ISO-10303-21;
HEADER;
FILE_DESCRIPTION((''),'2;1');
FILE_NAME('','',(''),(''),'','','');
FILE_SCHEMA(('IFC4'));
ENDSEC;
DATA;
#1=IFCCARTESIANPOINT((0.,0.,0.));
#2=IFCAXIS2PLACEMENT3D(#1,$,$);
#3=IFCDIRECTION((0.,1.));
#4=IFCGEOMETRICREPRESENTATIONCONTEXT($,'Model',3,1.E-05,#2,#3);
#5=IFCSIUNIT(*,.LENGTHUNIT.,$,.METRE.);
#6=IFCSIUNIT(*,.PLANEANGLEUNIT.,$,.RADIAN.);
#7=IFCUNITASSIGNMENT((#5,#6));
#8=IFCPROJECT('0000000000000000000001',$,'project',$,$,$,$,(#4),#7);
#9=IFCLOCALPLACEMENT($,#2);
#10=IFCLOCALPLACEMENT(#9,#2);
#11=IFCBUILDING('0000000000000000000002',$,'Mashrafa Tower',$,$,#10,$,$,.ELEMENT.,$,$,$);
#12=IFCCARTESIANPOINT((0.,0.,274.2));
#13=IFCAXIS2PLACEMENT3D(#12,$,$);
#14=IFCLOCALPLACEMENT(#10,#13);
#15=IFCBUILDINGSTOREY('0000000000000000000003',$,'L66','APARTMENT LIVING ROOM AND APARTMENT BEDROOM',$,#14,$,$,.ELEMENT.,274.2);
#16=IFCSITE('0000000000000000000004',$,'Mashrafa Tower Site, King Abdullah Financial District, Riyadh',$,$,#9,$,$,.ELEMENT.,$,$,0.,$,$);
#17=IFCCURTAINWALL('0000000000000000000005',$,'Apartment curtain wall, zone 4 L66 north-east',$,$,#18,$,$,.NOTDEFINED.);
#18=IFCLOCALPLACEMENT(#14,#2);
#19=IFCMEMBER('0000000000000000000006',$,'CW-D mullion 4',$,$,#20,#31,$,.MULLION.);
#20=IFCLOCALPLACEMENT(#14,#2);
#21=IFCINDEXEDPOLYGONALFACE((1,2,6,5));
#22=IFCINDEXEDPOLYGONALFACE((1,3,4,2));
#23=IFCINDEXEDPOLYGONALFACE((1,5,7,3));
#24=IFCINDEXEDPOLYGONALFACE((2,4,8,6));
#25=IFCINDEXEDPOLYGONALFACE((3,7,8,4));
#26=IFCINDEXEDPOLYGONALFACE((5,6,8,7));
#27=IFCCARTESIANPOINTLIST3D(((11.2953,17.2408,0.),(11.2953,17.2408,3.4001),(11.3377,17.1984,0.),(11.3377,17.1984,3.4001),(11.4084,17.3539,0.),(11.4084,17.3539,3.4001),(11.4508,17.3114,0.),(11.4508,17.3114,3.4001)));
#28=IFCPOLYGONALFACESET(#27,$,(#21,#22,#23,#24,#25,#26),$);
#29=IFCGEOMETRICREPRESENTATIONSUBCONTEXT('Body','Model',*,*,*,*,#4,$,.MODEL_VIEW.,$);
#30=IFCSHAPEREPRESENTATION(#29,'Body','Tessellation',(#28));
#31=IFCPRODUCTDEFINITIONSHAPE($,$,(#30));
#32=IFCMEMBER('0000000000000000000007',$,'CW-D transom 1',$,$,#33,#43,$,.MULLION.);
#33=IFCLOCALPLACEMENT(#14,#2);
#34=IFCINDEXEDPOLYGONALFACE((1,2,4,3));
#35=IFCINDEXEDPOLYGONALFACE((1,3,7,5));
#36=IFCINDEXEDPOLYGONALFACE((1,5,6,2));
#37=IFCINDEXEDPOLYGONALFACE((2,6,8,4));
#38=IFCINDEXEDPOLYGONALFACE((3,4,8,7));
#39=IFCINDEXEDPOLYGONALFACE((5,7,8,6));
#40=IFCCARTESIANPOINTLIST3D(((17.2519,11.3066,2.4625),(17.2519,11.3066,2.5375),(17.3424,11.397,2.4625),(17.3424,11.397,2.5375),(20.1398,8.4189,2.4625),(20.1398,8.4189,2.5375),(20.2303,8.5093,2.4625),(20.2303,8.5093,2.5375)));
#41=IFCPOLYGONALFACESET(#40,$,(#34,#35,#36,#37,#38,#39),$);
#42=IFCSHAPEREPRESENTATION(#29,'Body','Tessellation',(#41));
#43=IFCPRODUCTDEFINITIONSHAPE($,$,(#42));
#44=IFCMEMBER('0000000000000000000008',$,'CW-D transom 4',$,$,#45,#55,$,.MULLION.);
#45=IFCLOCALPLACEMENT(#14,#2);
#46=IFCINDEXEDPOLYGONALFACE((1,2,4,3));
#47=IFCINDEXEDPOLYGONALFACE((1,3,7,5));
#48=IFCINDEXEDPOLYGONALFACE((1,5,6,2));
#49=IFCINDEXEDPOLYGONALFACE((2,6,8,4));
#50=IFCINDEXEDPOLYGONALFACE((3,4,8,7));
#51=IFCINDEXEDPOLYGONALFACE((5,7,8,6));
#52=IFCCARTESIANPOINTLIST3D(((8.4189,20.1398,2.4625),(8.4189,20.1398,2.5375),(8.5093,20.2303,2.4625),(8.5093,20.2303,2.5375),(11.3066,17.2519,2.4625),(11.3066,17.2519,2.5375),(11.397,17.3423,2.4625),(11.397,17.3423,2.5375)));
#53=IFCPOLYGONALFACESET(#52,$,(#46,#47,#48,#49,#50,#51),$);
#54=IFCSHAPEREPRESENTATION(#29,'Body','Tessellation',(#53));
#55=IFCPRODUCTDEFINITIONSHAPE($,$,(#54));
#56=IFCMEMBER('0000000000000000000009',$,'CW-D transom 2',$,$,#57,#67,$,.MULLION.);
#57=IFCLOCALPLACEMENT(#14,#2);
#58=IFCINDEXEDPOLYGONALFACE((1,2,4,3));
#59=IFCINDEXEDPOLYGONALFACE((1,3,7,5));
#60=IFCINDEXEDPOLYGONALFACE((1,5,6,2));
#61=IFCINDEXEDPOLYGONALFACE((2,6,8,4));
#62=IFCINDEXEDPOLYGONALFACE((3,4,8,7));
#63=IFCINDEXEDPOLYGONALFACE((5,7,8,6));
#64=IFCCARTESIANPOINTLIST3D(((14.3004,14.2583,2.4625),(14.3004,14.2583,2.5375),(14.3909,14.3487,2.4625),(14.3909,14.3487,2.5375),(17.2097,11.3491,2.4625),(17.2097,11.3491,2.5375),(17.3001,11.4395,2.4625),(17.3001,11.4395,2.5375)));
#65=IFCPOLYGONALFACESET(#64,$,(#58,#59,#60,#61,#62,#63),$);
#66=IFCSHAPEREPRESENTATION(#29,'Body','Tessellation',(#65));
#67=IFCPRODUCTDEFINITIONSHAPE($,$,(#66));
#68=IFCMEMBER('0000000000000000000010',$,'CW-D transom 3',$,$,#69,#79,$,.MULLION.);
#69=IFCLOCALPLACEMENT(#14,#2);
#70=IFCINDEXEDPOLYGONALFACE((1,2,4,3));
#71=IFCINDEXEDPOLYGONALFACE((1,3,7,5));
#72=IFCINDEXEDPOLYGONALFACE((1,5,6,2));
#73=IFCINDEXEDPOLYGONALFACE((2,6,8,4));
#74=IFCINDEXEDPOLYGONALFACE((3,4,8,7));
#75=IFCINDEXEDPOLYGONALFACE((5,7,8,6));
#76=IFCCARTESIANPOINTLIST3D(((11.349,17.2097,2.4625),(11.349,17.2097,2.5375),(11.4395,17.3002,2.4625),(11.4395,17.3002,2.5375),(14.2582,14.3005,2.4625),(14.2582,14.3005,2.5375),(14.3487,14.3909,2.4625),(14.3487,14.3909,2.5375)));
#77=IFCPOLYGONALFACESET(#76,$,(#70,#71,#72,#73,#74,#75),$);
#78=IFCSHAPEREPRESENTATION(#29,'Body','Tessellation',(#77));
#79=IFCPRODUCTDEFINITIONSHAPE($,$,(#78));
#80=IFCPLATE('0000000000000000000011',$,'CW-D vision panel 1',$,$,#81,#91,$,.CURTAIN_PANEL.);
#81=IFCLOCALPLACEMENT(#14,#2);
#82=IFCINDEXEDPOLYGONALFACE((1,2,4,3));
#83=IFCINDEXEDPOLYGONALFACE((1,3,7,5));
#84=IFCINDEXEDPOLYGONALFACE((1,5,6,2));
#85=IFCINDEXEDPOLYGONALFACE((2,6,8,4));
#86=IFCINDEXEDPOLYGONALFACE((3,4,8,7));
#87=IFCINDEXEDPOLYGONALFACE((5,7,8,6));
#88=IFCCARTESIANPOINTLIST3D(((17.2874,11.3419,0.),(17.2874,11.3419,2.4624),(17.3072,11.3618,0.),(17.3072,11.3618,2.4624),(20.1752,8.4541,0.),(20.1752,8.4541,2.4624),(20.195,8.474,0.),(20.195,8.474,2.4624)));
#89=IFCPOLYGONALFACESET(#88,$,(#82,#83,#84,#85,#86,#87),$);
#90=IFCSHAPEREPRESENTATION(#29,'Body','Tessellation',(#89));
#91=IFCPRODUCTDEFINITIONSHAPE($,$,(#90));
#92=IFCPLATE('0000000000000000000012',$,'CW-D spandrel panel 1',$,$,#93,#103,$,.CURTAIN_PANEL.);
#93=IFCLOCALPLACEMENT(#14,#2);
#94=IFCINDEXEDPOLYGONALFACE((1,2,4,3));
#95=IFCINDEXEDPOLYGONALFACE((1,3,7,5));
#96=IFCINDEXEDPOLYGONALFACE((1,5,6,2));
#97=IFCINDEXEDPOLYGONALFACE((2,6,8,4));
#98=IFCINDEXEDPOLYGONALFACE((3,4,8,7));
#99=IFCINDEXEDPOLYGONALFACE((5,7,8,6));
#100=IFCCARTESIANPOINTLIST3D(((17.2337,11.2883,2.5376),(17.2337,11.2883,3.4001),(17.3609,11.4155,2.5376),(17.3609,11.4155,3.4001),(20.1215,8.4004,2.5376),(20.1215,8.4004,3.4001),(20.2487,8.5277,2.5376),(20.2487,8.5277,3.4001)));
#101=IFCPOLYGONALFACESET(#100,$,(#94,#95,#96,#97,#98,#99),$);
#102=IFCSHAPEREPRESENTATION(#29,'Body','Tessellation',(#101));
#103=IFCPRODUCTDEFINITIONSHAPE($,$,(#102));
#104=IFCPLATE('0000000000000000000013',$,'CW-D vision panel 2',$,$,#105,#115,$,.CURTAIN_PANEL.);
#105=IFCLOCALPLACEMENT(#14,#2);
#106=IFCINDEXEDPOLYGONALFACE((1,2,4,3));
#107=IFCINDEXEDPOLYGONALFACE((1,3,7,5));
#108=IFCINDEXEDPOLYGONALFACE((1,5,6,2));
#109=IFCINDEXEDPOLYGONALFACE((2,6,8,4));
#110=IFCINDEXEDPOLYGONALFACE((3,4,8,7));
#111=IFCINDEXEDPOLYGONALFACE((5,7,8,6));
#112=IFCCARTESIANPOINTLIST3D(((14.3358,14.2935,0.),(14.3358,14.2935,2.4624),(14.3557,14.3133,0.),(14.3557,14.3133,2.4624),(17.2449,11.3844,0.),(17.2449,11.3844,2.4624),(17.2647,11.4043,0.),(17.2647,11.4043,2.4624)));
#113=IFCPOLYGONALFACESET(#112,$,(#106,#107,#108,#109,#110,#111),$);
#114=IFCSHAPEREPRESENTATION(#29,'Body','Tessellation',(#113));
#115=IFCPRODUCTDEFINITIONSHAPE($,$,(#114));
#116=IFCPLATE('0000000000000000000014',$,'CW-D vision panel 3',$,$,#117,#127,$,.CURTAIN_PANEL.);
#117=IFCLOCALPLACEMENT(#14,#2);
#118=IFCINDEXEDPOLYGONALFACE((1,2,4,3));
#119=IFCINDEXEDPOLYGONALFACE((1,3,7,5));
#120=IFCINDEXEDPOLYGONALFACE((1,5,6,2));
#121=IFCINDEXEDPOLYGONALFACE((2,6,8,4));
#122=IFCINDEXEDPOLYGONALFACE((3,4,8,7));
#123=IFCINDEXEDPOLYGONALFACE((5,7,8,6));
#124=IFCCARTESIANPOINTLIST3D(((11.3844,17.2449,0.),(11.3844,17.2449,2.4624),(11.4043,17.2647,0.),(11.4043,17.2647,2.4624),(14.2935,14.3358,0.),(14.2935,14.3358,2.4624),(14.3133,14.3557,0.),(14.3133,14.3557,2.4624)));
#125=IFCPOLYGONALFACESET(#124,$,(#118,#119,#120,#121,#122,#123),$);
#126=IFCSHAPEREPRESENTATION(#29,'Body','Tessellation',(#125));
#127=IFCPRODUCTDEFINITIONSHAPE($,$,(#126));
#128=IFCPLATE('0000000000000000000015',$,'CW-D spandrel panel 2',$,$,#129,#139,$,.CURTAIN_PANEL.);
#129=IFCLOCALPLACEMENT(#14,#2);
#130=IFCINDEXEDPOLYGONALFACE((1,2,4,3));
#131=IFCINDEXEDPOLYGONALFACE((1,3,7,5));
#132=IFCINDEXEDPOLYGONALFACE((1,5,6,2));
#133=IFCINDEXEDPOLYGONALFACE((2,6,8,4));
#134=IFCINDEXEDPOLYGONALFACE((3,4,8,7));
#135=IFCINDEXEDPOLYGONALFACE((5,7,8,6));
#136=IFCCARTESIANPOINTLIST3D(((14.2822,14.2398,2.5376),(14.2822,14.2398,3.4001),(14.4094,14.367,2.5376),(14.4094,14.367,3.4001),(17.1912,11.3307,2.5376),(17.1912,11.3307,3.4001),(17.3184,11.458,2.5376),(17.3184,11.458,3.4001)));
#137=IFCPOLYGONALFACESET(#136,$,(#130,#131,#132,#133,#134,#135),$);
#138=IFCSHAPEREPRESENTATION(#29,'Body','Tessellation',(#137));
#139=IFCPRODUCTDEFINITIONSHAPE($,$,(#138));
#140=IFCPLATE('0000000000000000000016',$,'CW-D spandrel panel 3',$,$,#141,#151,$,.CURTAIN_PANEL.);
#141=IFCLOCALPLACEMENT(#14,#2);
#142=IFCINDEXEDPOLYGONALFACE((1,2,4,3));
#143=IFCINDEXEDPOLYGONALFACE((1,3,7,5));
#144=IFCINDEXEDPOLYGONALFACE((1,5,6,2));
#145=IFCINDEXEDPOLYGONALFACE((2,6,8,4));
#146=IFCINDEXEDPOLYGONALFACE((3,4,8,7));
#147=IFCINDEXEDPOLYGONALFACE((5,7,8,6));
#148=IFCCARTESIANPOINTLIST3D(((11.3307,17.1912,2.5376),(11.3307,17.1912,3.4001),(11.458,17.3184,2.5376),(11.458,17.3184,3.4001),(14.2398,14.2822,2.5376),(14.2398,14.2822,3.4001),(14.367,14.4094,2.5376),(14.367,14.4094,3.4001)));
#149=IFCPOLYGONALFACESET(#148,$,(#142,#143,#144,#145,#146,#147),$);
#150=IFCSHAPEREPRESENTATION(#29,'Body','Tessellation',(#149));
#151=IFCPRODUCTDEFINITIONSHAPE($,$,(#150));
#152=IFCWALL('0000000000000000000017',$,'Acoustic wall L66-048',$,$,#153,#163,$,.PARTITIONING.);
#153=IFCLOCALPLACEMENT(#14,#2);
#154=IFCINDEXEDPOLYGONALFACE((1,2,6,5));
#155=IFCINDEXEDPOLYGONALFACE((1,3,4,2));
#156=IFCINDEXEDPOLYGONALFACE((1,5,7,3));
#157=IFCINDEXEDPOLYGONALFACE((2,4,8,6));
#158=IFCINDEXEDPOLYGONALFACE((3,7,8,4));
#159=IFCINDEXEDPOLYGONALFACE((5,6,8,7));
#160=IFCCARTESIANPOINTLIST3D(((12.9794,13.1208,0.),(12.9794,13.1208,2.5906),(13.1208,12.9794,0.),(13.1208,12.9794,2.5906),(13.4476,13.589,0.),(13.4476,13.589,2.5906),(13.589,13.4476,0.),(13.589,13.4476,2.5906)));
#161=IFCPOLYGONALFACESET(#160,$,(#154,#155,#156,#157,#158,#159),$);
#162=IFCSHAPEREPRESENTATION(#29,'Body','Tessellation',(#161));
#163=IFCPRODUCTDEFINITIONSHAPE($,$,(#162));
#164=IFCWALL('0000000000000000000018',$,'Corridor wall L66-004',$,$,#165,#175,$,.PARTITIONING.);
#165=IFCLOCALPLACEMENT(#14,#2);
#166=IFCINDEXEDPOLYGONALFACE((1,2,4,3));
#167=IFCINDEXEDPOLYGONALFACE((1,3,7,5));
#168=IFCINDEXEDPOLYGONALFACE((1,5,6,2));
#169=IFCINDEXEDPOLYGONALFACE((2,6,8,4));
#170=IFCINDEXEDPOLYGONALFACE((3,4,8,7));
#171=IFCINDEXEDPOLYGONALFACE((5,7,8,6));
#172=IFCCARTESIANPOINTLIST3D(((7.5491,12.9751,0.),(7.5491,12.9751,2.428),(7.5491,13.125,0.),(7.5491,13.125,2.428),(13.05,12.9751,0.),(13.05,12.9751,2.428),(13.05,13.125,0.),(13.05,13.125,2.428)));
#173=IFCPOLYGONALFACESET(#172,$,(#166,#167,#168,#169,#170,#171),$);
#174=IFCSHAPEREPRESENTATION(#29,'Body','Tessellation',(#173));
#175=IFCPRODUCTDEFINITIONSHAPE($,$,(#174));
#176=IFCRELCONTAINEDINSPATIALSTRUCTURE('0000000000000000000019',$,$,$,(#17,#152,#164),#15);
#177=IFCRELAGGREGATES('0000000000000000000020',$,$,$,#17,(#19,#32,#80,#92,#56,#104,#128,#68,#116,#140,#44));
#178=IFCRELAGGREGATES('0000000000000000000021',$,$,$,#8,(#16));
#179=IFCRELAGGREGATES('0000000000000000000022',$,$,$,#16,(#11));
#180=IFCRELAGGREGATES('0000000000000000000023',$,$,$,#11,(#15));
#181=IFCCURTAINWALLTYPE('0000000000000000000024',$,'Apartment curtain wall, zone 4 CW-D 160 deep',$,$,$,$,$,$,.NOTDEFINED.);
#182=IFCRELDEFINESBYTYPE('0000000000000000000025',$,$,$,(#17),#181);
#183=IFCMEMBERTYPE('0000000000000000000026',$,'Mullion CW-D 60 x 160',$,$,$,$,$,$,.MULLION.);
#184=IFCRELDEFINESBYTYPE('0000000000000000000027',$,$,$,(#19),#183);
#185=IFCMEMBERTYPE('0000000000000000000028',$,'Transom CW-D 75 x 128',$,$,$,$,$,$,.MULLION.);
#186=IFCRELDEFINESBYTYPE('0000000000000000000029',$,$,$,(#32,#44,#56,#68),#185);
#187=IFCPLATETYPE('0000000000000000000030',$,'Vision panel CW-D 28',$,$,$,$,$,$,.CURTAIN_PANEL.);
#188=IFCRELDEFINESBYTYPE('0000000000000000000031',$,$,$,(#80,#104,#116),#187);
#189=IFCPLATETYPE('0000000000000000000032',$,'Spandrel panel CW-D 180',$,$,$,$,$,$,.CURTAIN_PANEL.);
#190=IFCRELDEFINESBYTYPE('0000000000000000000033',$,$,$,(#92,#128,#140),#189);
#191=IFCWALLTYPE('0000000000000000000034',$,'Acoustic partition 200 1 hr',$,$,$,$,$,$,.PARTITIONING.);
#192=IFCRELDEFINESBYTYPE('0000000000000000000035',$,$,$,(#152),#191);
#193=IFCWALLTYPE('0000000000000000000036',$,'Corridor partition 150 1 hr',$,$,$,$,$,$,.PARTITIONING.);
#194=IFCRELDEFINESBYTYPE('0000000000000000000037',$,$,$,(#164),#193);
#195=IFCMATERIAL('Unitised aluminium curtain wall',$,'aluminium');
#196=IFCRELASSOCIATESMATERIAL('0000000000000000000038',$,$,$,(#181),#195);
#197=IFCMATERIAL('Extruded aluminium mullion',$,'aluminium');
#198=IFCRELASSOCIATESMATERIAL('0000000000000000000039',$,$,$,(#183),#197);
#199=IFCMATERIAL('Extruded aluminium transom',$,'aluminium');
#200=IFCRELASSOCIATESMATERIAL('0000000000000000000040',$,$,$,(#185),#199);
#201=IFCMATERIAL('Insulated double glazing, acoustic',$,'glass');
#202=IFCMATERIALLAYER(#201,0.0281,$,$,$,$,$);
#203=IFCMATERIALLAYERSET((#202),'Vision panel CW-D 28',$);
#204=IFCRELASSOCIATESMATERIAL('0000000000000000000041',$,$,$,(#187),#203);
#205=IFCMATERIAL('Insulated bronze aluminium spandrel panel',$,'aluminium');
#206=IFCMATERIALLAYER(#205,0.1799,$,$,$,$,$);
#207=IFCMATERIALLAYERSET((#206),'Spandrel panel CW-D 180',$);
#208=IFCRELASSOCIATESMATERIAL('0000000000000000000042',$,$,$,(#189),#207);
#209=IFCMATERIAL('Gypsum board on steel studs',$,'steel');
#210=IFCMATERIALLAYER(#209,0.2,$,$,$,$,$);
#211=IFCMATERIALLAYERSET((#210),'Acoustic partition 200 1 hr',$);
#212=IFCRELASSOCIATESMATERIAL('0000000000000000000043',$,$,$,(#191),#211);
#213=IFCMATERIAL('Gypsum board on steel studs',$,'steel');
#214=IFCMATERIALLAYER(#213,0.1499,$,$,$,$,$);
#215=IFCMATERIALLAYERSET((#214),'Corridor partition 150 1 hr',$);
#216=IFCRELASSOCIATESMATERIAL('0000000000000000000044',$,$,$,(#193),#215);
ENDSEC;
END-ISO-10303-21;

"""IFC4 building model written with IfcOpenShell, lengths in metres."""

from ifc_helpers import new_model, si_unit, direction, frame, frame_2d, origin, origin_2d, place, context, subcontext, project, spatial, rectangle, extrude, source, transform, mapped, material, layer, layer_set, material_profile, profile_set, type_object, type_shapes, element, aggregate, save


model = new_model("IFC4")

# Units and contexts
model_context = context("Model", 3, precision=1e-05, world=origin(), true_north=direction((0.0, 1.0)))
body_context = subcontext(model_context, "Body", "Model", "MODEL_VIEW")
ifc_project = project(units=[si_unit("LENGTHUNIT", "METRE"), si_unit("PLANEANGLEUNIT", "RADIAN")], contexts=[model_context])

# Site, building, storey
site_placement = place(None, origin())
site = spatial("IfcSite", under=ifc_project, at=site_placement, Name="Mashrafa Tower Site, King Abdullah Financial District, Riyadh", CompositionType="ELEMENT", RefElevation=0.0)
building_placement = place(site_placement, origin())
building = spatial("IfcBuilding", under=site, at=building_placement, Name="Mashrafa Tower", CompositionType="ELEMENT")
storey_placement = place(building_placement, frame((0.0, 0.0, 274.2)))
storey = spatial("IfcBuildingStorey", under=building, at=storey_placement, Name="L66", Description="APARTMENT LIVING ROOM AND APARTMENT BEDROOM", CompositionType="ELEMENT", Elevation=274.2)

# Curtain wall, members, plates
ifc_material_1 = material(Name="Unitised aluminium curtain wall", Category="aluminium")
curtain_wall_type = type_object("IfcCurtainWallType", Name="Apartment curtain wall, zone 4 CW-D 160 deep", PredefinedType="NOTDEFINED", material=ifc_material_1)
curtain_wall_placement = place(storey_placement, origin())
curtain_wall = element("IfcCurtainWall", 1, at=curtain_wall_placement, inside=storey, type_object=curtain_wall_type, Name="Apartment curtain wall, zone 4 L66 north-east", PredefinedType="NOTDEFINED")
ifc_material_2 = material(Name="Extruded aluminium mullion", Category="aluminium")
ifc_material_profile_1 = material_profile(ifc_material_2, rectangle(XDim=0.1599, YDim=0.0601, at=origin_2d()), Name="Mullion 60x160")
ifc_profile_set_1 = profile_set([ifc_material_profile_1], Name="Extruded aluminium mullion")
member_type_1 = type_object("IfcMemberType", Name="Mullion CW-D 60 x 160", PredefinedType="MULLION", material=ifc_profile_set_1)
shared_shape_1 = source(origin(), body_context, "Body", "SweptSolid", [
    extrude(rectangle(XDim=0.1599, YDim=0.0601, at=origin_2d()), origin(), (0.0, 0.0, 1.0), 3.4001),
])
type_shapes(member_type_1, [shared_shape_1])
member_1_placement = place(storey_placement, frame((11.373, 17.2761, 0.0), z_axis=(0.0, 0.0, 1.0), x_axis=(-0.707107, -0.707107, 0.0)))
member_1 = element("IfcMember", 2, at=member_1_placement, type_object=member_type_1, Name="CW-D mullion 4", PredefinedType="MULLION", context=body_context, shape_type="MappedRepresentation", body=[
    mapped(shared_shape_1, transform((0.0, 0.0, 0.0))),
])
ifc_material_3 = material(Name="Extruded aluminium transom", Category="aluminium")
ifc_material_profile_2 = material_profile(ifc_material_3, rectangle(XDim=0.1279, YDim=0.075, at=origin_2d()), Name="Transom 75x128")
ifc_profile_set_2 = profile_set([ifc_material_profile_2], Name="Extruded aluminium transom")
member_type_2 = type_object("IfcMemberType", Name="Transom CW-D 75 x 128", PredefinedType="MULLION", material=ifc_profile_set_2)
shared_shape_2 = source(origin(), body_context, "Body", "SweptSolid", [
    extrude(rectangle(XDim=0.1279, YDim=0.075, at=origin_2d()), origin(), (0.0, 0.0, 1.0), 4.084),
])
member_2_placement = place(storey_placement, frame((20.1851, 8.4641, 2.5), z_axis=(-0.707137, 0.707077, 0.0), x_axis=(-0.707077, -0.707137, 0.0)))
member_2 = element("IfcMember", 3, at=member_2_placement, type_object=member_type_2, Name="CW-D transom 1", PredefinedType="MULLION", context=body_context, shape_type="MappedRepresentation", body=[
    mapped(shared_shape_2, transform((0.0, 0.0, 0.0))),
])
member_3_placement = place(storey_placement, frame((11.3518, 17.2971, 2.5), z_axis=(-0.707077, 0.707137, 0.0), x_axis=(-0.707137, -0.707077, 0.0)))
member_3 = element("IfcMember", 4, at=member_3_placement, type_object=member_type_2, Name="CW-D transom 4", PredefinedType="MULLION", context=body_context, shape_type="MappedRepresentation", body=[
    mapped(shared_shape_2, transform((0.0, 0.0, 0.0))),
])
shared_shape_3 = source(origin(), body_context, "Body", "SweptSolid", [
    extrude(rectangle(XDim=0.1279, YDim=0.075, at=origin_2d()), origin(), (0.0, 0.0, 1.0), 4.1143),
])
type_shapes(member_type_2, [shared_shape_2, shared_shape_3])
member_4_placement = place(storey_placement, frame((17.2549, 11.3943, 2.5), z_axis=(-0.707107, 0.707107, 0.0), x_axis=(-0.707107, -0.707107, 0.0)))
member_4 = element("IfcMember", 5, at=member_4_placement, type_object=member_type_2, Name="CW-D transom 2", PredefinedType="MULLION", context=body_context, shape_type="MappedRepresentation", body=[
    mapped(shared_shape_3, transform((0.0, 0.0, 0.0))),
])
member_5_placement = place(storey_placement, frame((14.3035, 14.3457, 2.5), z_axis=(-0.707107, 0.707107, 0.0), x_axis=(-0.707107, -0.707107, 0.0)))
member_5 = element("IfcMember", 6, at=member_5_placement, type_object=member_type_2, Name="CW-D transom 3", PredefinedType="MULLION", context=body_context, shape_type="MappedRepresentation", body=[
    mapped(shared_shape_3, transform((0.0, 0.0, 0.0))),
])
ifc_material_4 = material(Name="Insulated double glazing, acoustic", Category="glass")
ifc_layer_1 = layer(ifc_material_4, 0.0281)
ifc_layer_set_1 = layer_set([ifc_layer_1], Name="Vision panel CW-D 28")
plate_type_1 = type_object("IfcPlateType", Name="Vision panel CW-D 28", PredefinedType="CURTAIN_PANEL", material=ifc_layer_set_1)
shared_shape_4 = source(origin(), body_context, "Body", "SweptSolid", [
    extrude(rectangle(XDim=4.084, YDim=0.0281, at=origin_2d()), origin(), (0.0, 0.0, 1.0), 2.4624),
])
plate_1_placement = place(storey_placement, frame((18.7412, 9.908, 0.0), z_axis=(0.0, 0.0, 1.0), x_axis=(-0.707107, 0.707107, 0.0)))
plate_1 = element("IfcPlate", 7, at=plate_1_placement, type_object=plate_type_1, Name="CW-D vision panel 1", PredefinedType="CURTAIN_PANEL", context=body_context, shape_type="MappedRepresentation", body=[
    mapped(shared_shape_4, transform((0.0, 0.0, 0.0))),
])
ifc_material_5 = material(Name="Insulated bronze aluminium spandrel panel", Category="aluminium")
ifc_layer_2 = layer(ifc_material_5, 0.1799)
ifc_layer_set_2 = layer_set([ifc_layer_2], Name="Spandrel panel CW-D 180")
plate_type_2 = type_object("IfcPlateType", Name="Spandrel panel CW-D 180", PredefinedType="CURTAIN_PANEL", material=ifc_layer_set_2)
shared_shape_5 = source(origin(), body_context, "Body", "SweptSolid", [
    extrude(rectangle(XDim=4.084, YDim=0.1799, at=origin_2d()), origin(), (0.0, 0.0, 1.0), 0.8625),
])
plate_2_placement = place(storey_placement, frame((18.7412, 9.908, 2.5376), z_axis=(0.0, 0.0, 1.0), x_axis=(-0.707107, 0.707107, 0.0)))
plate_2 = element("IfcPlate", 8, at=plate_2_placement, type_object=plate_type_2, Name="CW-D spandrel panel 1", PredefinedType="CURTAIN_PANEL", context=body_context, shape_type="MappedRepresentation", body=[
    mapped(shared_shape_5, transform((0.0, 0.0, 0.0))),
])
shared_shape_6 = source(origin(), body_context, "Body", "SweptSolid", [
    extrude(rectangle(XDim=4.114, YDim=0.0281, at=origin_2d()), origin(), (0.0, 0.0, 1.0), 2.4624),
])
type_shapes(plate_type_1, [shared_shape_4, shared_shape_6])
plate_3_placement = place(storey_placement, frame((15.8003, 12.8489, 0.0), z_axis=(0.0, 0.0, 1.0), x_axis=(-0.707107, 0.707107, 0.0)))
plate_3 = element("IfcPlate", 9, at=plate_3_placement, type_object=plate_type_1, Name="CW-D vision panel 2", PredefinedType="CURTAIN_PANEL", context=body_context, shape_type="MappedRepresentation", body=[
    mapped(shared_shape_6, transform((0.0, 0.0, 0.0))),
])
plate_4_placement = place(storey_placement, frame((12.8489, 15.8003, 0.0), z_axis=(0.0, 0.0, 1.0), x_axis=(-0.707107, 0.707107, 0.0)))
plate_4 = element("IfcPlate", 10, at=plate_4_placement, type_object=plate_type_1, Name="CW-D vision panel 3", PredefinedType="CURTAIN_PANEL", context=body_context, shape_type="MappedRepresentation", body=[
    mapped(shared_shape_6, transform((0.0, 0.0, 0.0))),
])
shared_shape_7 = source(origin(), body_context, "Body", "SweptSolid", [
    extrude(rectangle(XDim=4.114, YDim=0.1799, at=origin_2d()), origin(), (0.0, 0.0, 1.0), 0.8625),
])
type_shapes(plate_type_2, [shared_shape_5, shared_shape_7])
plate_5_placement = place(storey_placement, frame((15.8003, 12.8489, 2.5376), z_axis=(0.0, 0.0, 1.0), x_axis=(-0.707107, 0.707107, 0.0)))
plate_5 = element("IfcPlate", 11, at=plate_5_placement, type_object=plate_type_2, Name="CW-D spandrel panel 2", PredefinedType="CURTAIN_PANEL", context=body_context, shape_type="MappedRepresentation", body=[
    mapped(shared_shape_7, transform((0.0, 0.0, 0.0))),
])
plate_6_placement = place(storey_placement, frame((12.8489, 15.8003, 2.5376), z_axis=(0.0, 0.0, 1.0), x_axis=(-0.707107, 0.707107, 0.0)))
plate_6 = element("IfcPlate", 12, at=plate_6_placement, type_object=plate_type_2, Name="CW-D spandrel panel 3", PredefinedType="CURTAIN_PANEL", context=body_context, shape_type="MappedRepresentation", body=[
    mapped(shared_shape_7, transform((0.0, 0.0, 0.0))),
])
aggregate(curtain_wall, [member_1, member_2, plate_1, plate_2, member_4, plate_3, plate_5, member_5, plate_4, plate_6, member_3])

# Walls
ifc_material_6 = material(Name="Gypsum board on steel studs", Category="steel")
ifc_layer_3 = layer(ifc_material_6, 0.2)
ifc_layer_set_3 = layer_set([ifc_layer_3], Name="Acoustic partition 200 1 hr")
wall_type_1 = type_object("IfcWallType", Name="Acoustic partition 200 1 hr", PredefinedType="PARTITIONING", material=ifc_layer_set_3)
wall_1_placement = place(storey_placement, frame((13.5183, 13.5183, 0.0), z_axis=(0.0, 0.0, 1.0), x_axis=(-0.707107, -0.707107, 0.0)))
element("IfcWall", 13, at=wall_1_placement, inside=storey, type_object=wall_type_1, Name="Acoustic wall L66-048", PredefinedType="PARTITIONING", context=body_context, shape_type="SweptSolid", body=[
    extrude(rectangle(XDim=0.6621, YDim=0.2, at=frame_2d((0.3311, 0.0))), origin(), (0.0, 0.0, 1.0), 2.5906),
])
ifc_material_7 = material(Name="Gypsum board on steel studs", Category="steel")
ifc_layer_4 = layer(ifc_material_7, 0.1499)
ifc_layer_set_4 = layer_set([ifc_layer_4], Name="Corridor partition 150 1 hr")
wall_type_2 = type_object("IfcWallType", Name="Corridor partition 150 1 hr", PredefinedType="PARTITIONING", material=ifc_layer_set_4)
wall_2_placement = place(storey_placement, frame((13.05, 13.05, 0.0), z_axis=(0.0, 0.0, 1.0), x_axis=(-1.0, 0.0, 0.0)))
element("IfcWall", 14, at=wall_2_placement, inside=storey, type_object=wall_type_2, Name="Corridor wall L66-004", PredefinedType="PARTITIONING", context=body_context, shape_type="SweptSolid", body=[
    extrude(rectangle(XDim=5.501, YDim=0.1499, at=frame_2d((2.7505, 0.0))), origin(), (0.0, 0.0, 1.0), 2.428),
])

save(model, "model.ifc")
